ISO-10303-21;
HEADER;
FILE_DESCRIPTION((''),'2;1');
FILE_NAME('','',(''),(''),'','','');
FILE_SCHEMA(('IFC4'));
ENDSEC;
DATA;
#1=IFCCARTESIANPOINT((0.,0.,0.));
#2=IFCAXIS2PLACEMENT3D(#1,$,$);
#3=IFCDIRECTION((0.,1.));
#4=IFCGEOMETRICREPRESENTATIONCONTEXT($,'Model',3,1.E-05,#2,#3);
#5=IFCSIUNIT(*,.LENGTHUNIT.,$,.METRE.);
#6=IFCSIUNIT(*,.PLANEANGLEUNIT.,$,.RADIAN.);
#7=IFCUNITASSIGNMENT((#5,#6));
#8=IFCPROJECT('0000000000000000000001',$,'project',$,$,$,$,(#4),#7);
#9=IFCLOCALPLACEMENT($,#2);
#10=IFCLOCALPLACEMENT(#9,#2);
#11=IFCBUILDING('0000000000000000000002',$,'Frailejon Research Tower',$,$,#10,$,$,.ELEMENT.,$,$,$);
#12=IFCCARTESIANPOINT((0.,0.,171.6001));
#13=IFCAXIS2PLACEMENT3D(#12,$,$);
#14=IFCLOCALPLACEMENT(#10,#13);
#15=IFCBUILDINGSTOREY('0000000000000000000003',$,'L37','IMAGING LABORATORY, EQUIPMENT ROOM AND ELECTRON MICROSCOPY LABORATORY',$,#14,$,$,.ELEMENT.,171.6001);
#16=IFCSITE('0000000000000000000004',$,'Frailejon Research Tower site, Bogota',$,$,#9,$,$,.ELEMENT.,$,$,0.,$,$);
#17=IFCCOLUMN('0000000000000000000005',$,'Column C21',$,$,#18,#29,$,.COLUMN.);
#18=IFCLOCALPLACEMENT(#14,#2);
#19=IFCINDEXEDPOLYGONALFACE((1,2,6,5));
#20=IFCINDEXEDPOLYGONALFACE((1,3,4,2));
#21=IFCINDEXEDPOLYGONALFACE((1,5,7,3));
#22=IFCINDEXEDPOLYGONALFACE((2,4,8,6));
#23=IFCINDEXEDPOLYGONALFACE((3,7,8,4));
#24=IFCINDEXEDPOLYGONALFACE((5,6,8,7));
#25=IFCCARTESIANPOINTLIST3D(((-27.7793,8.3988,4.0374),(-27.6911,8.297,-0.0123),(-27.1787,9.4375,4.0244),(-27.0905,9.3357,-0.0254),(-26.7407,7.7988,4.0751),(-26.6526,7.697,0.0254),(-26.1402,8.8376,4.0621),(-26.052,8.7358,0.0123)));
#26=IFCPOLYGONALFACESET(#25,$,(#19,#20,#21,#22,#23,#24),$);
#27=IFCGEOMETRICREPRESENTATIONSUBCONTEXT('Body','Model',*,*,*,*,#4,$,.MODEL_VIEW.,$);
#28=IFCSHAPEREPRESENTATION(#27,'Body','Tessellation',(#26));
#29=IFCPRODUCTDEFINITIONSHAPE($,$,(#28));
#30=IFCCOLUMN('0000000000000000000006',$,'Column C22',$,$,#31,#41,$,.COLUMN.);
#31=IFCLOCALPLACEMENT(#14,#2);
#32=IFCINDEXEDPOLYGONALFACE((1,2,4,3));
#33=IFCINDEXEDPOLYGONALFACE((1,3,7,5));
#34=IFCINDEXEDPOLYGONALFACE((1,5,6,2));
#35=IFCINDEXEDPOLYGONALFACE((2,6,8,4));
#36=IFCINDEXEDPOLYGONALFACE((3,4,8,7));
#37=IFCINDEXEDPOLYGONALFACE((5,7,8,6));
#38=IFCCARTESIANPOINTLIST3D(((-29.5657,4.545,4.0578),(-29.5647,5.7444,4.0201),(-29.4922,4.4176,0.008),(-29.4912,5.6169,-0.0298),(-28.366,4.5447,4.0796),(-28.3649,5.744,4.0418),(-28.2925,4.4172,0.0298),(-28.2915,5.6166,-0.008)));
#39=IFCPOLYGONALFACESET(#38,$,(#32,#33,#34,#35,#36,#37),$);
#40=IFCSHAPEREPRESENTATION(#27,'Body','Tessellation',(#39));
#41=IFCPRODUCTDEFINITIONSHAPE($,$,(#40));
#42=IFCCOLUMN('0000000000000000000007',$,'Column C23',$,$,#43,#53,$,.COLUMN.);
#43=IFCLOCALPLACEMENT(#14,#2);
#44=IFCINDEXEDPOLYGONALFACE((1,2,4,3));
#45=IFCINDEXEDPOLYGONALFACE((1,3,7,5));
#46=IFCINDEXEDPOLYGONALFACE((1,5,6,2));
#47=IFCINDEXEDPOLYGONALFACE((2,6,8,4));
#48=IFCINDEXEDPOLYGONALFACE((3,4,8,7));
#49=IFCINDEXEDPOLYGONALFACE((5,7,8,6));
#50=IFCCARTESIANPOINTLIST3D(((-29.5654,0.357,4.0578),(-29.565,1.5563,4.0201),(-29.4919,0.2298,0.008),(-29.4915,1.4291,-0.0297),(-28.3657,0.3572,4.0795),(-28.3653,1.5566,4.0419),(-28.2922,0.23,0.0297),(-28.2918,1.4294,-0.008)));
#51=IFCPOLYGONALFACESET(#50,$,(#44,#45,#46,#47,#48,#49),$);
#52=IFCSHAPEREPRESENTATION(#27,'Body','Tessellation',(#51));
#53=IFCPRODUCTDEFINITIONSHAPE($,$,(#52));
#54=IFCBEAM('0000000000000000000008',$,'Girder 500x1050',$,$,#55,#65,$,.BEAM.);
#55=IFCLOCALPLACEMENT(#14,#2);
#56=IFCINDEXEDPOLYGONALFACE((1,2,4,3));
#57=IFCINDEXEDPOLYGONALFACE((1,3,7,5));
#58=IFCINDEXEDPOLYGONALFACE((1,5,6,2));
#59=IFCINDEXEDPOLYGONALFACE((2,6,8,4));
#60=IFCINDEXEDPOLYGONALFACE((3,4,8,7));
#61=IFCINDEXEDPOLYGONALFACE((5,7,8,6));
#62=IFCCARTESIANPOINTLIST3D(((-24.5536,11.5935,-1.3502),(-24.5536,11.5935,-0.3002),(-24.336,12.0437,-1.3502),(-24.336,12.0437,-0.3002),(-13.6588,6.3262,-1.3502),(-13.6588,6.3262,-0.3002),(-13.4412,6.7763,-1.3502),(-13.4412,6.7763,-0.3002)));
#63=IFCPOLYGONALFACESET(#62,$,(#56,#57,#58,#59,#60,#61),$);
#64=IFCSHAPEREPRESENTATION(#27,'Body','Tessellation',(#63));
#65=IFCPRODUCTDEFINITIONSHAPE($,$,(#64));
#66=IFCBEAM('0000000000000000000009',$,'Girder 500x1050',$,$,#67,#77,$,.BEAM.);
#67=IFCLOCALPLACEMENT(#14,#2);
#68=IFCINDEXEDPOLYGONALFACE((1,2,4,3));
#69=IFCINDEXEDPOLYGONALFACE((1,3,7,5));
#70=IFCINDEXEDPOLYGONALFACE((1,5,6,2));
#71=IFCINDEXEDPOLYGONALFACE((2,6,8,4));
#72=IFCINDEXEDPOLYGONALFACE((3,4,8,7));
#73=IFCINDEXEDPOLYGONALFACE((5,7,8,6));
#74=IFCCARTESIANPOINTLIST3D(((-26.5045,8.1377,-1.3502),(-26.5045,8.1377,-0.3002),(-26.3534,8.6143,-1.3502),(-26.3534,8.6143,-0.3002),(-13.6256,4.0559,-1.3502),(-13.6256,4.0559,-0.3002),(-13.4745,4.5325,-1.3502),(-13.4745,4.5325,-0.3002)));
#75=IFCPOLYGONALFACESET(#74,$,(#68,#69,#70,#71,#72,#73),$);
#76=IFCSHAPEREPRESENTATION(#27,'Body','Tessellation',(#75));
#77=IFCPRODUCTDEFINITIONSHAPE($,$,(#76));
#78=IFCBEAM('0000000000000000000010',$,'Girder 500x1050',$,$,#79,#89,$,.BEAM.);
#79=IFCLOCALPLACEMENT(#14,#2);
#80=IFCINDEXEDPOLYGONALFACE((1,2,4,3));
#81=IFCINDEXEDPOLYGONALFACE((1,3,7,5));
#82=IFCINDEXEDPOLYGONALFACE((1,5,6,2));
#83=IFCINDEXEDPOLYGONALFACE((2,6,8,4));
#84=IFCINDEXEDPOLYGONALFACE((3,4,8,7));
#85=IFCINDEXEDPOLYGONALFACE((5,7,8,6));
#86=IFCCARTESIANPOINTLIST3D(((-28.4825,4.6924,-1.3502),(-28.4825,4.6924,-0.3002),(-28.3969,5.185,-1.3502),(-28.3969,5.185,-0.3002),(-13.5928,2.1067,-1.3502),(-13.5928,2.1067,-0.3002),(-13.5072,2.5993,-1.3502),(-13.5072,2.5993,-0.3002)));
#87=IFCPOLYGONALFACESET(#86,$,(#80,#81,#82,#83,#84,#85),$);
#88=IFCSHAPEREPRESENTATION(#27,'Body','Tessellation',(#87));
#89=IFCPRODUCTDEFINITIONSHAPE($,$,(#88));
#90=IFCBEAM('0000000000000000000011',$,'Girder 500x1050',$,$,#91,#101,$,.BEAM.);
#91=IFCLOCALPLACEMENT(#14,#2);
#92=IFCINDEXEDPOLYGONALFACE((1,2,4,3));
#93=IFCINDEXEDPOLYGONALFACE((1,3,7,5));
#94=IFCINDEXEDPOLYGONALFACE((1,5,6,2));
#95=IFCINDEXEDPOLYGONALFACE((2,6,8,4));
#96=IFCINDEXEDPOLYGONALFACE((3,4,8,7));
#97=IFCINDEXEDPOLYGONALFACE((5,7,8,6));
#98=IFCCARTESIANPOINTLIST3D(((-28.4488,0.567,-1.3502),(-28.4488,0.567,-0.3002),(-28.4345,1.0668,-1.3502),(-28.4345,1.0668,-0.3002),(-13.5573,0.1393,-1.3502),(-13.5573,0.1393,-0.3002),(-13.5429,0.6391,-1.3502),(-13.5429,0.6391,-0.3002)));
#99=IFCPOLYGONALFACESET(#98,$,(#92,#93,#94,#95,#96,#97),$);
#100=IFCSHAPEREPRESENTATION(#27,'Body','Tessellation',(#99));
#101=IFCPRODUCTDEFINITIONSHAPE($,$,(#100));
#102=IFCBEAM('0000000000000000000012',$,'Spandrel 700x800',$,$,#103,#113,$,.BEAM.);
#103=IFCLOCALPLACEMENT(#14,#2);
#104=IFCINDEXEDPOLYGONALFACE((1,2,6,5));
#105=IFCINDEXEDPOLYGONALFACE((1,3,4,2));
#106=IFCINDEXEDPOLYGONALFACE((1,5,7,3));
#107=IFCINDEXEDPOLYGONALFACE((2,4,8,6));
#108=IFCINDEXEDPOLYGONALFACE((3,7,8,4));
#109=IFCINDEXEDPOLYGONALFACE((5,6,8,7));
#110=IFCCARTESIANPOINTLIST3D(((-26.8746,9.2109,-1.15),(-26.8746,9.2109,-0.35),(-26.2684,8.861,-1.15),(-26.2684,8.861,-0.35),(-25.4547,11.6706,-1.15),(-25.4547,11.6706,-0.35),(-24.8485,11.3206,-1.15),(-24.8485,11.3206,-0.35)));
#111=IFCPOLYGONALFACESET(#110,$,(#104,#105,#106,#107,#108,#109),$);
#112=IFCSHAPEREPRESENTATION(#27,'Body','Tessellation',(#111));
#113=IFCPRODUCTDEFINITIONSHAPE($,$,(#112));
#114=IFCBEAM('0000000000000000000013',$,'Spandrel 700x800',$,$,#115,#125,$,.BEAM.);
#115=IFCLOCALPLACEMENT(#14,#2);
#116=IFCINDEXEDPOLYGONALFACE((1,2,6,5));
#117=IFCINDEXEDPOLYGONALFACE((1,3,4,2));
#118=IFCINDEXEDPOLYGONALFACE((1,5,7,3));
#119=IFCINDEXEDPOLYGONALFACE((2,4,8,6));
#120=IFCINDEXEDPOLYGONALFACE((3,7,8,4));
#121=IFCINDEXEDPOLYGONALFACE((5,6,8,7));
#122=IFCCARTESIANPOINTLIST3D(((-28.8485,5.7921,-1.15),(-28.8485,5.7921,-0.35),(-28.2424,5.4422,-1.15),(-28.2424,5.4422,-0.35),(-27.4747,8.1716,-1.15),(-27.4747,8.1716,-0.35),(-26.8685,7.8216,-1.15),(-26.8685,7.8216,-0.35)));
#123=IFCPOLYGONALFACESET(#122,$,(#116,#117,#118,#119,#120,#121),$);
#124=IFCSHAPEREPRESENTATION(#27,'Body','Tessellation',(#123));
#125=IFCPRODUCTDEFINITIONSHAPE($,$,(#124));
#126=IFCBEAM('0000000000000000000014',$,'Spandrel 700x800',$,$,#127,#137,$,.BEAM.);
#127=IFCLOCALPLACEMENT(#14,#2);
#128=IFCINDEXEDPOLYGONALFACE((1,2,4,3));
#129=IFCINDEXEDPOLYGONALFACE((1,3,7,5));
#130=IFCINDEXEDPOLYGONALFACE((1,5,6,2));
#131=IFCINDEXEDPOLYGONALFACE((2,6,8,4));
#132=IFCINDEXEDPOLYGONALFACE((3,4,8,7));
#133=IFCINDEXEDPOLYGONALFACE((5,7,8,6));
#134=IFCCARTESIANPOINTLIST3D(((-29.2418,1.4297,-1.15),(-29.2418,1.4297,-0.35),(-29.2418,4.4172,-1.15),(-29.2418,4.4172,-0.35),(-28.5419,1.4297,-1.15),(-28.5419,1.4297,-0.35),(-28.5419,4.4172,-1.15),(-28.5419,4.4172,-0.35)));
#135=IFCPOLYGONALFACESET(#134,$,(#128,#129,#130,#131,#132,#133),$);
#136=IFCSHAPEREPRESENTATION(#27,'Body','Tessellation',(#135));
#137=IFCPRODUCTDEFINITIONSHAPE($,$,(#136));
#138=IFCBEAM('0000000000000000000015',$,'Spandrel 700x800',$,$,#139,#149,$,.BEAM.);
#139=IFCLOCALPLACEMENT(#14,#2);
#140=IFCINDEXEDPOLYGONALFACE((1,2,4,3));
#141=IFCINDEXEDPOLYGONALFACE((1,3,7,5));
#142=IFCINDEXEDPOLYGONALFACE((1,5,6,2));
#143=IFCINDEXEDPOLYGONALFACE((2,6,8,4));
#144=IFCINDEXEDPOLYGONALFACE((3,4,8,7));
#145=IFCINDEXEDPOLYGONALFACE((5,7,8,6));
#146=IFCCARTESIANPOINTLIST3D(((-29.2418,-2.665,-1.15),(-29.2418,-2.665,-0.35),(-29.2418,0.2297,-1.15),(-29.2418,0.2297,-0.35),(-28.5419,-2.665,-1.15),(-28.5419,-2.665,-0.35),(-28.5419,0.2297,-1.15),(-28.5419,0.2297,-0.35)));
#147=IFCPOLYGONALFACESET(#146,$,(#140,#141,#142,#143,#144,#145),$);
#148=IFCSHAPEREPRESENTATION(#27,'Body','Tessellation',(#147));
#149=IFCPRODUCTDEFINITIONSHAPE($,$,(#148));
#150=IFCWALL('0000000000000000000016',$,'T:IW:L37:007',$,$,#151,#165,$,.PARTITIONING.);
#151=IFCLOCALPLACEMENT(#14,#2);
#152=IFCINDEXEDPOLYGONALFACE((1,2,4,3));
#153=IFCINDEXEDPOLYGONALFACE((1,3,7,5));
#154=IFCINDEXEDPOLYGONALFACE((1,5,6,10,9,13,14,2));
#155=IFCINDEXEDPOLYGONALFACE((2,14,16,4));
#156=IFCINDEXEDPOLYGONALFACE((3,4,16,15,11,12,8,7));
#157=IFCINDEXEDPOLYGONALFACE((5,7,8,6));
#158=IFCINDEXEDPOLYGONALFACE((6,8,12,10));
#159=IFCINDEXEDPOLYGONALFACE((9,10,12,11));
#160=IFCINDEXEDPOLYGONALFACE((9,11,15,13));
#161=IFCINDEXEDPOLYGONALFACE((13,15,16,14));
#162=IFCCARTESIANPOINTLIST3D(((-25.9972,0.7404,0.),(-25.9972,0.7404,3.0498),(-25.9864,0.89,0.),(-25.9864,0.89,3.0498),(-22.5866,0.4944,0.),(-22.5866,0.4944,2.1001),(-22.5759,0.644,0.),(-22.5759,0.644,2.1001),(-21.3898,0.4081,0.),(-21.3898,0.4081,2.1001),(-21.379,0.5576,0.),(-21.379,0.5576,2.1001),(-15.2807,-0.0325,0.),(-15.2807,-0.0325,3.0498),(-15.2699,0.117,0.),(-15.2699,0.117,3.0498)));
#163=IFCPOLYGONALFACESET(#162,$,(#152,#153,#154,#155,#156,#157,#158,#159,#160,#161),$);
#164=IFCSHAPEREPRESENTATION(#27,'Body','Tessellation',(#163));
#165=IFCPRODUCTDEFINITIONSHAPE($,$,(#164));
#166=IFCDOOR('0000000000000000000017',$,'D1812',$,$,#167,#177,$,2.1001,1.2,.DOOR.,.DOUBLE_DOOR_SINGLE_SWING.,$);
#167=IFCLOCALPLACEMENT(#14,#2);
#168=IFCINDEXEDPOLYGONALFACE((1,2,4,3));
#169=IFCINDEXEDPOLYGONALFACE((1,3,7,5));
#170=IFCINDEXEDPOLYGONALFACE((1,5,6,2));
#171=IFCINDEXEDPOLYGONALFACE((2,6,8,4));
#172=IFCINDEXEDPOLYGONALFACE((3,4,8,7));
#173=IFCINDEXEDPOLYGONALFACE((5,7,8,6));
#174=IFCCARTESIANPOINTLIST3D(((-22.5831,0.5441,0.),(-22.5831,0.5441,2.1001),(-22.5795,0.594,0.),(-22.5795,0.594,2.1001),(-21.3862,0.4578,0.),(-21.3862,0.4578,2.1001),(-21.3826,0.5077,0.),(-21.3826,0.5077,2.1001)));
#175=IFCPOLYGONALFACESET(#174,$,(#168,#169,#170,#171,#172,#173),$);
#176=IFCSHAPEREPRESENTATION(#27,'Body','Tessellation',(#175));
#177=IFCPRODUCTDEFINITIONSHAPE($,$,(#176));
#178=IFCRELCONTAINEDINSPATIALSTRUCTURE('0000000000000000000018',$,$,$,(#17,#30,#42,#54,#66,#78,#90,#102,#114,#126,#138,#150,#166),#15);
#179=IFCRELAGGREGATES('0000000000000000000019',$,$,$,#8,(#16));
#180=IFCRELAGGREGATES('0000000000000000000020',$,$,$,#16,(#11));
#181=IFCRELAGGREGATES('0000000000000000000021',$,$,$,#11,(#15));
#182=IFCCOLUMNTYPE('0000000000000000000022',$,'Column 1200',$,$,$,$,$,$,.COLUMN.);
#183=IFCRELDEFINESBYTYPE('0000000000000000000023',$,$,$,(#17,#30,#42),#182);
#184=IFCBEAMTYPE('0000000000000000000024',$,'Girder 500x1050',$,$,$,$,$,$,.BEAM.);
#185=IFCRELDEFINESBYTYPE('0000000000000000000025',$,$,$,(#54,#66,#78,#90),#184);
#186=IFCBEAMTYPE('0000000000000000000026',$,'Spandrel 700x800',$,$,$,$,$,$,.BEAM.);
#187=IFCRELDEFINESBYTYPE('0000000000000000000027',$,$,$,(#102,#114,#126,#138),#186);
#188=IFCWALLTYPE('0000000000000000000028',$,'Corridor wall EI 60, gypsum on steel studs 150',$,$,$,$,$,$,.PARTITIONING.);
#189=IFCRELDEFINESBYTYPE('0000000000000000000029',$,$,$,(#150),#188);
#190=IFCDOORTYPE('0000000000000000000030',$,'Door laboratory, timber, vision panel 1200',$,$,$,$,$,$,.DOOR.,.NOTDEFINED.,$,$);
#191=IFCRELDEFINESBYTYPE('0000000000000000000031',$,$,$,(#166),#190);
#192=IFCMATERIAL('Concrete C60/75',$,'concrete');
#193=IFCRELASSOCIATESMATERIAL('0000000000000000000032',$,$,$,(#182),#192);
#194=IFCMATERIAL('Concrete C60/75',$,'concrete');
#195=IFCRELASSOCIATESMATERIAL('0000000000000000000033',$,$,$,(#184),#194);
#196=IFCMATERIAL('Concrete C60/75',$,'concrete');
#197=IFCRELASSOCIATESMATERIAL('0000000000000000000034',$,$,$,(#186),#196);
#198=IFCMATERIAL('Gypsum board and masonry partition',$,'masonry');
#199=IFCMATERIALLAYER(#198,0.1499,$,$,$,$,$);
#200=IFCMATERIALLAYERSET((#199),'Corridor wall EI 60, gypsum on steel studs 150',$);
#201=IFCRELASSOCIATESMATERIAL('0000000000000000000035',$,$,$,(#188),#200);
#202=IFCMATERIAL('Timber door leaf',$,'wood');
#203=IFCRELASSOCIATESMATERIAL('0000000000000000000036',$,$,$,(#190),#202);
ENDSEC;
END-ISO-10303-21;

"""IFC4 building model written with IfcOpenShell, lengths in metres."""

from ifc_helpers import new_model, si_unit, direction, frame, frame_2d, origin, origin_2d, place, context, subcontext, project, spatial, rectangle, extrude, material, layer, layer_set, material_profile, profile_set, type_object, element, fill, save


model = new_model("IFC4")

# Units and contexts
model_context = context("Model", 3, precision=1e-05, world=origin(), true_north=direction((0.0, 1.0)))
body_context = subcontext(model_context, "Body", "Model", "MODEL_VIEW")
ifc_project = project(units=[si_unit("LENGTHUNIT", "METRE"), si_unit("PLANEANGLEUNIT", "RADIAN")], contexts=[model_context])

# Site, building, storey
site_placement = place(None, origin())
site = spatial("IfcSite", under=ifc_project, at=site_placement, Name="Frailejon Research Tower site, Bogota", CompositionType="ELEMENT", RefElevation=0.0)
building_placement = place(site_placement, origin())
building = spatial("IfcBuilding", under=site, at=building_placement, Name="Frailejon Research Tower", CompositionType="ELEMENT")
storey_placement = place(building_placement, frame((0.0, 0.0, 171.6001)))
storey = spatial("IfcBuildingStorey", under=building, at=storey_placement, Name="L37", Description="IMAGING LABORATORY, EQUIPMENT ROOM AND ELECTRON MICROSCOPY LABORATORY", CompositionType="ELEMENT", Elevation=171.6001)

# Columns
ifc_material_1 = material(Name="Concrete C60/75", Category="concrete")
ifc_material_profile_1 = material_profile(ifc_material_1, rectangle(XDim=1.2, YDim=1.2, at=origin_2d()), Name="Column 1200")
ifc_profile_set_1 = profile_set([ifc_material_profile_1], Name="Concrete C60/75")
column_type = type_object("IfcColumnType", Name="Column 1200", PredefinedType="COLUMN", material=ifc_profile_set_1)
column_placement = place(storey_placement, frame((-26.8716, 8.5164, 0.0), z_axis=(-0.021751, 0.025125, 0.999448), x_axis=(-0.500502, -0.865667, 0.010869)))
element("IfcColumn", 1, at=column_placement, inside=storey, type_object=column_type, Name="Column C21", PredefinedType="COLUMN", context=body_context, shape_type="SweptSolid", body=[
    extrude(rectangle(XDim=1.2, YDim=1.2, at=origin_2d()), origin(), (0.0, 0.0, 1.0), 4.052),
])
for number, where, z_axis, x_axis, name in (
    (2, (-28.8918, 5.0171, 0.0), (-0.018134, 0.031448, 0.999341), (-0.000853, -0.999505, 0.031437), "Column C22"),
    (3, (-28.8918, 0.8296, 0.0), (-0.018134, 0.031388, 0.999343), (-0.000336, -0.999507, 0.031387), "Column C23"),
):
    element("IfcColumn", number, at=place(storey_placement, frame(where, z_axis=z_axis, x_axis=x_axis)), inside=storey, type_object=column_type, Name=name, PredefinedType="COLUMN", context=body_context, shape_type="SweptSolid", body=[
        extrude(rectangle(XDim=1.2, YDim=1.2, at=origin_2d()), origin(), (0.0, 0.0, 1.0), 4.0525),
    ])

# Beams
ifc_material_2 = material(Name="Concrete C60/75", Category="concrete")
ifc_material_profile_2 = material_profile(ifc_material_2, rectangle(XDim=0.5, YDim=1.05, at=origin_2d()), Name="Girder 500x1050")
ifc_profile_set_2 = profile_set([ifc_material_profile_2], Name="Concrete C60/75")
beam_type_1 = type_object("IfcBeamType", Name="Girder 500x1050", PredefinedType="BEAM", material=ifc_profile_set_2)
beam_1_placement = place(storey_placement, frame((-24.4448, 11.8186, -0.8252), z_axis=(0.9003, -0.435271, 0.0), x_axis=(0.435271, 0.9003, 0.0)))
element("IfcBeam", 4, at=beam_1_placement, inside=storey, type_object=beam_type_1, Name="Girder 500x1050", PredefinedType="BEAM", context=body_context, shape_type="SweptSolid", body=[
    extrude(rectangle(XDim=0.5, YDim=1.05, at=origin_2d()), origin(), (0.0, 0.0, 1.0), 12.1013),
])
beam_2_placement = place(storey_placement, frame((-26.429, 8.376, -0.8252), z_axis=(0.953268, -0.302125, 0.0), x_axis=(0.302125, 0.953268, 0.0)))
element("IfcBeam", 5, at=beam_2_placement, inside=storey, type_object=beam_type_1, Name="Girder 500x1050", PredefinedType="BEAM", context=body_context, shape_type="SweptSolid", body=[
    extrude(rectangle(XDim=0.5, YDim=1.05, at=origin_2d()), origin(), (0.0, 0.0, 1.0), 13.5103),
])
beam_3_placement = place(storey_placement, frame((-28.4397, 4.9387, -0.8252), z_axis=(0.985254, -0.171096, 0.0), x_axis=(0.171096, 0.985254, 0.0)))
element("IfcBeam", 6, at=beam_3_placement, inside=storey, type_object=beam_type_1, Name="Girder 500x1050", PredefinedType="BEAM", context=body_context, shape_type="SweptSolid", body=[
    extrude(rectangle(XDim=0.5, YDim=1.05, at=origin_2d()), origin(), (0.0, 0.0, 1.0), 15.1125),
])
beam_4_placement = place(storey_placement, frame((-28.4417, 0.8169, -0.8252), z_axis=(0.999588, -0.028711, 0.0), x_axis=(0.028711, 0.999588, 0.0)))
element("IfcBeam", 7, at=beam_4_placement, inside=storey, type_object=beam_type_1, Name="Girder 500x1050", PredefinedType="BEAM", context=body_context, shape_type="SweptSolid", body=[
    extrude(rectangle(XDim=0.5, YDim=1.05, at=origin_2d()), origin(), (0.0, 0.0, 1.0), 14.8977),
])
ifc_material_3 = material(Name="Concrete C60/75", Category="concrete")
ifc_material_profile_3 = material_profile(ifc_material_3, rectangle(XDim=0.7, YDim=0.8, at=origin_2d()), Name="Spandrel 700x800")
ifc_profile_set_3 = profile_set([ifc_material_profile_3], Name="Concrete C60/75")
beam_type_2 = type_object("IfcBeamType", Name="Spandrel 700x800", PredefinedType="BEAM", material=ifc_profile_set_3)
beam_5_placement = place(storey_placement, frame((-25.1516, 11.4956, -0.75), z_axis=(-0.499948, -0.866055, 0.0), x_axis=(0.866055, -0.499948, 0.0)))
element("IfcBeam", 8, at=beam_5_placement, inside=storey, type_object=beam_type_2, Name="Spandrel 700x800", PredefinedType="BEAM", context=body_context, shape_type="SweptSolid", body=[
    extrude(rectangle(XDim=0.7, YDim=0.8, at=origin_2d()), origin(), (0.0, 0.0, 1.0), 2.8401),
])
beam_6_placement = place(storey_placement, frame((-27.1716, 7.9966, -0.75), z_axis=(-0.50001, -0.86602, 0.0), x_axis=(0.86602, -0.50001, 0.0)))
element("IfcBeam", 9, at=beam_6_placement, inside=storey, type_object=beam_type_2, Name="Spandrel 700x800", PredefinedType="BEAM", context=body_context, shape_type="SweptSolid", body=[
    extrude(rectangle(XDim=0.7, YDim=0.8, at=origin_2d()), origin(), (0.0, 0.0, 1.0), 2.7476),
])
beam_7_placement = place(storey_placement, frame((-28.8918, 4.4172, -0.75), z_axis=(0.0, -1.0, 0.0), x_axis=(1.0, 0.0, 0.0)))
element("IfcBeam", 10, at=beam_7_placement, inside=storey, type_object=beam_type_2, Name="Spandrel 700x800", PredefinedType="BEAM", context=body_context, shape_type="SweptSolid", body=[
    extrude(rectangle(XDim=0.7, YDim=0.8, at=origin_2d()), origin(), (0.0, 0.0, 1.0), 2.9875),
])
beam_8_placement = place(storey_placement, frame((-28.8918, 0.2297, -0.75), z_axis=(0.0, -1.0, 0.0), x_axis=(1.0, 0.0, 0.0)))
element("IfcBeam", 11, at=beam_8_placement, inside=storey, type_object=beam_type_2, Name="Spandrel 700x800", PredefinedType="BEAM", context=body_context, shape_type="SweptSolid", body=[
    extrude(rectangle(XDim=0.7, YDim=0.8, at=origin_2d()), origin(), (0.0, 0.0, 1.0), 2.8948),
])

# Wall, opening, door
ifc_material_4 = material(Name="Gypsum board and masonry partition", Category="masonry")
ifc_layer_1 = layer(ifc_material_4, 0.1499)
ifc_layer_set_1 = layer_set([ifc_layer_1], Name="Corridor wall EI 60, gypsum on steel studs 150")
wall_type_1 = type_object("IfcWallType", Name="Corridor wall EI 60, gypsum on steel studs 150", PredefinedType="PARTITIONING", material=ifc_layer_set_1)
wall_1_placement = place(storey_placement, frame((-25.9917, 0.8152, 0.0), z_axis=(0.0, 0.0, 1.0), x_axis=(0.997409, -0.07194, 0.0)))
wall_1 = element("IfcWall", 12, at=wall_1_placement, inside=storey, type_object=wall_type_1, Name="T:IW:L37:007", PredefinedType="PARTITIONING", context=body_context, shape_type="SweptSolid", body=[
    extrude(rectangle(XDim=10.7444, YDim=0.1499, at=frame_2d((5.3721, 0.0))), origin(), (0.0, 0.0, 1.0), 3.0498),
])
opening_1_placement = place(wall_1_placement, frame((3.4192, 0.0, 0.0)))
opening_1 = element("IfcOpeningElement", 13, at=opening_1_placement, cuts=wall_1, PredefinedType="OPENING", context=body_context, shape_type="SweptSolid", body=[
    extrude(rectangle(XDim=1.2, YDim=2.1001, at=frame_2d((0.6001, 1.05))), frame((0.0, 0.085, 0.0), z_axis=(0.0, -1.0, 0.0), x_axis=(1.0, 0.0, 0.0)), (0.0, 0.0, 1.0), 0.1699),
])
ifc_material_5 = material(Name="Timber door leaf", Category="wood")
door_type = type_object("IfcDoorType", Name="Door laboratory, timber, vision panel 1200", OperationType="NOTDEFINED", PredefinedType="DOOR", material=ifc_material_5)
door_placement = place(opening_1_placement, origin())
door = element("IfcDoor", 14, at=door_placement, inside=storey, type_object=door_type, Name="D1812", OperationType="DOUBLE_DOOR_SINGLE_SWING", OverallHeight=2.1001, OverallWidth=1.2, PredefinedType="DOOR", context=body_context, shape_type="SweptSolid", body=[
    extrude(rectangle(XDim=1.2, YDim=2.1001, at=frame_2d((0.6001, 1.05))), frame((0.0, 0.0249, 0.0), z_axis=(0.0, -1.0, 0.0), x_axis=(1.0, 0.0, 0.0)), (0.0, 0.0, 1.0), 0.05),
])
fill(opening_1, door)

save(model, "model.ifc")
